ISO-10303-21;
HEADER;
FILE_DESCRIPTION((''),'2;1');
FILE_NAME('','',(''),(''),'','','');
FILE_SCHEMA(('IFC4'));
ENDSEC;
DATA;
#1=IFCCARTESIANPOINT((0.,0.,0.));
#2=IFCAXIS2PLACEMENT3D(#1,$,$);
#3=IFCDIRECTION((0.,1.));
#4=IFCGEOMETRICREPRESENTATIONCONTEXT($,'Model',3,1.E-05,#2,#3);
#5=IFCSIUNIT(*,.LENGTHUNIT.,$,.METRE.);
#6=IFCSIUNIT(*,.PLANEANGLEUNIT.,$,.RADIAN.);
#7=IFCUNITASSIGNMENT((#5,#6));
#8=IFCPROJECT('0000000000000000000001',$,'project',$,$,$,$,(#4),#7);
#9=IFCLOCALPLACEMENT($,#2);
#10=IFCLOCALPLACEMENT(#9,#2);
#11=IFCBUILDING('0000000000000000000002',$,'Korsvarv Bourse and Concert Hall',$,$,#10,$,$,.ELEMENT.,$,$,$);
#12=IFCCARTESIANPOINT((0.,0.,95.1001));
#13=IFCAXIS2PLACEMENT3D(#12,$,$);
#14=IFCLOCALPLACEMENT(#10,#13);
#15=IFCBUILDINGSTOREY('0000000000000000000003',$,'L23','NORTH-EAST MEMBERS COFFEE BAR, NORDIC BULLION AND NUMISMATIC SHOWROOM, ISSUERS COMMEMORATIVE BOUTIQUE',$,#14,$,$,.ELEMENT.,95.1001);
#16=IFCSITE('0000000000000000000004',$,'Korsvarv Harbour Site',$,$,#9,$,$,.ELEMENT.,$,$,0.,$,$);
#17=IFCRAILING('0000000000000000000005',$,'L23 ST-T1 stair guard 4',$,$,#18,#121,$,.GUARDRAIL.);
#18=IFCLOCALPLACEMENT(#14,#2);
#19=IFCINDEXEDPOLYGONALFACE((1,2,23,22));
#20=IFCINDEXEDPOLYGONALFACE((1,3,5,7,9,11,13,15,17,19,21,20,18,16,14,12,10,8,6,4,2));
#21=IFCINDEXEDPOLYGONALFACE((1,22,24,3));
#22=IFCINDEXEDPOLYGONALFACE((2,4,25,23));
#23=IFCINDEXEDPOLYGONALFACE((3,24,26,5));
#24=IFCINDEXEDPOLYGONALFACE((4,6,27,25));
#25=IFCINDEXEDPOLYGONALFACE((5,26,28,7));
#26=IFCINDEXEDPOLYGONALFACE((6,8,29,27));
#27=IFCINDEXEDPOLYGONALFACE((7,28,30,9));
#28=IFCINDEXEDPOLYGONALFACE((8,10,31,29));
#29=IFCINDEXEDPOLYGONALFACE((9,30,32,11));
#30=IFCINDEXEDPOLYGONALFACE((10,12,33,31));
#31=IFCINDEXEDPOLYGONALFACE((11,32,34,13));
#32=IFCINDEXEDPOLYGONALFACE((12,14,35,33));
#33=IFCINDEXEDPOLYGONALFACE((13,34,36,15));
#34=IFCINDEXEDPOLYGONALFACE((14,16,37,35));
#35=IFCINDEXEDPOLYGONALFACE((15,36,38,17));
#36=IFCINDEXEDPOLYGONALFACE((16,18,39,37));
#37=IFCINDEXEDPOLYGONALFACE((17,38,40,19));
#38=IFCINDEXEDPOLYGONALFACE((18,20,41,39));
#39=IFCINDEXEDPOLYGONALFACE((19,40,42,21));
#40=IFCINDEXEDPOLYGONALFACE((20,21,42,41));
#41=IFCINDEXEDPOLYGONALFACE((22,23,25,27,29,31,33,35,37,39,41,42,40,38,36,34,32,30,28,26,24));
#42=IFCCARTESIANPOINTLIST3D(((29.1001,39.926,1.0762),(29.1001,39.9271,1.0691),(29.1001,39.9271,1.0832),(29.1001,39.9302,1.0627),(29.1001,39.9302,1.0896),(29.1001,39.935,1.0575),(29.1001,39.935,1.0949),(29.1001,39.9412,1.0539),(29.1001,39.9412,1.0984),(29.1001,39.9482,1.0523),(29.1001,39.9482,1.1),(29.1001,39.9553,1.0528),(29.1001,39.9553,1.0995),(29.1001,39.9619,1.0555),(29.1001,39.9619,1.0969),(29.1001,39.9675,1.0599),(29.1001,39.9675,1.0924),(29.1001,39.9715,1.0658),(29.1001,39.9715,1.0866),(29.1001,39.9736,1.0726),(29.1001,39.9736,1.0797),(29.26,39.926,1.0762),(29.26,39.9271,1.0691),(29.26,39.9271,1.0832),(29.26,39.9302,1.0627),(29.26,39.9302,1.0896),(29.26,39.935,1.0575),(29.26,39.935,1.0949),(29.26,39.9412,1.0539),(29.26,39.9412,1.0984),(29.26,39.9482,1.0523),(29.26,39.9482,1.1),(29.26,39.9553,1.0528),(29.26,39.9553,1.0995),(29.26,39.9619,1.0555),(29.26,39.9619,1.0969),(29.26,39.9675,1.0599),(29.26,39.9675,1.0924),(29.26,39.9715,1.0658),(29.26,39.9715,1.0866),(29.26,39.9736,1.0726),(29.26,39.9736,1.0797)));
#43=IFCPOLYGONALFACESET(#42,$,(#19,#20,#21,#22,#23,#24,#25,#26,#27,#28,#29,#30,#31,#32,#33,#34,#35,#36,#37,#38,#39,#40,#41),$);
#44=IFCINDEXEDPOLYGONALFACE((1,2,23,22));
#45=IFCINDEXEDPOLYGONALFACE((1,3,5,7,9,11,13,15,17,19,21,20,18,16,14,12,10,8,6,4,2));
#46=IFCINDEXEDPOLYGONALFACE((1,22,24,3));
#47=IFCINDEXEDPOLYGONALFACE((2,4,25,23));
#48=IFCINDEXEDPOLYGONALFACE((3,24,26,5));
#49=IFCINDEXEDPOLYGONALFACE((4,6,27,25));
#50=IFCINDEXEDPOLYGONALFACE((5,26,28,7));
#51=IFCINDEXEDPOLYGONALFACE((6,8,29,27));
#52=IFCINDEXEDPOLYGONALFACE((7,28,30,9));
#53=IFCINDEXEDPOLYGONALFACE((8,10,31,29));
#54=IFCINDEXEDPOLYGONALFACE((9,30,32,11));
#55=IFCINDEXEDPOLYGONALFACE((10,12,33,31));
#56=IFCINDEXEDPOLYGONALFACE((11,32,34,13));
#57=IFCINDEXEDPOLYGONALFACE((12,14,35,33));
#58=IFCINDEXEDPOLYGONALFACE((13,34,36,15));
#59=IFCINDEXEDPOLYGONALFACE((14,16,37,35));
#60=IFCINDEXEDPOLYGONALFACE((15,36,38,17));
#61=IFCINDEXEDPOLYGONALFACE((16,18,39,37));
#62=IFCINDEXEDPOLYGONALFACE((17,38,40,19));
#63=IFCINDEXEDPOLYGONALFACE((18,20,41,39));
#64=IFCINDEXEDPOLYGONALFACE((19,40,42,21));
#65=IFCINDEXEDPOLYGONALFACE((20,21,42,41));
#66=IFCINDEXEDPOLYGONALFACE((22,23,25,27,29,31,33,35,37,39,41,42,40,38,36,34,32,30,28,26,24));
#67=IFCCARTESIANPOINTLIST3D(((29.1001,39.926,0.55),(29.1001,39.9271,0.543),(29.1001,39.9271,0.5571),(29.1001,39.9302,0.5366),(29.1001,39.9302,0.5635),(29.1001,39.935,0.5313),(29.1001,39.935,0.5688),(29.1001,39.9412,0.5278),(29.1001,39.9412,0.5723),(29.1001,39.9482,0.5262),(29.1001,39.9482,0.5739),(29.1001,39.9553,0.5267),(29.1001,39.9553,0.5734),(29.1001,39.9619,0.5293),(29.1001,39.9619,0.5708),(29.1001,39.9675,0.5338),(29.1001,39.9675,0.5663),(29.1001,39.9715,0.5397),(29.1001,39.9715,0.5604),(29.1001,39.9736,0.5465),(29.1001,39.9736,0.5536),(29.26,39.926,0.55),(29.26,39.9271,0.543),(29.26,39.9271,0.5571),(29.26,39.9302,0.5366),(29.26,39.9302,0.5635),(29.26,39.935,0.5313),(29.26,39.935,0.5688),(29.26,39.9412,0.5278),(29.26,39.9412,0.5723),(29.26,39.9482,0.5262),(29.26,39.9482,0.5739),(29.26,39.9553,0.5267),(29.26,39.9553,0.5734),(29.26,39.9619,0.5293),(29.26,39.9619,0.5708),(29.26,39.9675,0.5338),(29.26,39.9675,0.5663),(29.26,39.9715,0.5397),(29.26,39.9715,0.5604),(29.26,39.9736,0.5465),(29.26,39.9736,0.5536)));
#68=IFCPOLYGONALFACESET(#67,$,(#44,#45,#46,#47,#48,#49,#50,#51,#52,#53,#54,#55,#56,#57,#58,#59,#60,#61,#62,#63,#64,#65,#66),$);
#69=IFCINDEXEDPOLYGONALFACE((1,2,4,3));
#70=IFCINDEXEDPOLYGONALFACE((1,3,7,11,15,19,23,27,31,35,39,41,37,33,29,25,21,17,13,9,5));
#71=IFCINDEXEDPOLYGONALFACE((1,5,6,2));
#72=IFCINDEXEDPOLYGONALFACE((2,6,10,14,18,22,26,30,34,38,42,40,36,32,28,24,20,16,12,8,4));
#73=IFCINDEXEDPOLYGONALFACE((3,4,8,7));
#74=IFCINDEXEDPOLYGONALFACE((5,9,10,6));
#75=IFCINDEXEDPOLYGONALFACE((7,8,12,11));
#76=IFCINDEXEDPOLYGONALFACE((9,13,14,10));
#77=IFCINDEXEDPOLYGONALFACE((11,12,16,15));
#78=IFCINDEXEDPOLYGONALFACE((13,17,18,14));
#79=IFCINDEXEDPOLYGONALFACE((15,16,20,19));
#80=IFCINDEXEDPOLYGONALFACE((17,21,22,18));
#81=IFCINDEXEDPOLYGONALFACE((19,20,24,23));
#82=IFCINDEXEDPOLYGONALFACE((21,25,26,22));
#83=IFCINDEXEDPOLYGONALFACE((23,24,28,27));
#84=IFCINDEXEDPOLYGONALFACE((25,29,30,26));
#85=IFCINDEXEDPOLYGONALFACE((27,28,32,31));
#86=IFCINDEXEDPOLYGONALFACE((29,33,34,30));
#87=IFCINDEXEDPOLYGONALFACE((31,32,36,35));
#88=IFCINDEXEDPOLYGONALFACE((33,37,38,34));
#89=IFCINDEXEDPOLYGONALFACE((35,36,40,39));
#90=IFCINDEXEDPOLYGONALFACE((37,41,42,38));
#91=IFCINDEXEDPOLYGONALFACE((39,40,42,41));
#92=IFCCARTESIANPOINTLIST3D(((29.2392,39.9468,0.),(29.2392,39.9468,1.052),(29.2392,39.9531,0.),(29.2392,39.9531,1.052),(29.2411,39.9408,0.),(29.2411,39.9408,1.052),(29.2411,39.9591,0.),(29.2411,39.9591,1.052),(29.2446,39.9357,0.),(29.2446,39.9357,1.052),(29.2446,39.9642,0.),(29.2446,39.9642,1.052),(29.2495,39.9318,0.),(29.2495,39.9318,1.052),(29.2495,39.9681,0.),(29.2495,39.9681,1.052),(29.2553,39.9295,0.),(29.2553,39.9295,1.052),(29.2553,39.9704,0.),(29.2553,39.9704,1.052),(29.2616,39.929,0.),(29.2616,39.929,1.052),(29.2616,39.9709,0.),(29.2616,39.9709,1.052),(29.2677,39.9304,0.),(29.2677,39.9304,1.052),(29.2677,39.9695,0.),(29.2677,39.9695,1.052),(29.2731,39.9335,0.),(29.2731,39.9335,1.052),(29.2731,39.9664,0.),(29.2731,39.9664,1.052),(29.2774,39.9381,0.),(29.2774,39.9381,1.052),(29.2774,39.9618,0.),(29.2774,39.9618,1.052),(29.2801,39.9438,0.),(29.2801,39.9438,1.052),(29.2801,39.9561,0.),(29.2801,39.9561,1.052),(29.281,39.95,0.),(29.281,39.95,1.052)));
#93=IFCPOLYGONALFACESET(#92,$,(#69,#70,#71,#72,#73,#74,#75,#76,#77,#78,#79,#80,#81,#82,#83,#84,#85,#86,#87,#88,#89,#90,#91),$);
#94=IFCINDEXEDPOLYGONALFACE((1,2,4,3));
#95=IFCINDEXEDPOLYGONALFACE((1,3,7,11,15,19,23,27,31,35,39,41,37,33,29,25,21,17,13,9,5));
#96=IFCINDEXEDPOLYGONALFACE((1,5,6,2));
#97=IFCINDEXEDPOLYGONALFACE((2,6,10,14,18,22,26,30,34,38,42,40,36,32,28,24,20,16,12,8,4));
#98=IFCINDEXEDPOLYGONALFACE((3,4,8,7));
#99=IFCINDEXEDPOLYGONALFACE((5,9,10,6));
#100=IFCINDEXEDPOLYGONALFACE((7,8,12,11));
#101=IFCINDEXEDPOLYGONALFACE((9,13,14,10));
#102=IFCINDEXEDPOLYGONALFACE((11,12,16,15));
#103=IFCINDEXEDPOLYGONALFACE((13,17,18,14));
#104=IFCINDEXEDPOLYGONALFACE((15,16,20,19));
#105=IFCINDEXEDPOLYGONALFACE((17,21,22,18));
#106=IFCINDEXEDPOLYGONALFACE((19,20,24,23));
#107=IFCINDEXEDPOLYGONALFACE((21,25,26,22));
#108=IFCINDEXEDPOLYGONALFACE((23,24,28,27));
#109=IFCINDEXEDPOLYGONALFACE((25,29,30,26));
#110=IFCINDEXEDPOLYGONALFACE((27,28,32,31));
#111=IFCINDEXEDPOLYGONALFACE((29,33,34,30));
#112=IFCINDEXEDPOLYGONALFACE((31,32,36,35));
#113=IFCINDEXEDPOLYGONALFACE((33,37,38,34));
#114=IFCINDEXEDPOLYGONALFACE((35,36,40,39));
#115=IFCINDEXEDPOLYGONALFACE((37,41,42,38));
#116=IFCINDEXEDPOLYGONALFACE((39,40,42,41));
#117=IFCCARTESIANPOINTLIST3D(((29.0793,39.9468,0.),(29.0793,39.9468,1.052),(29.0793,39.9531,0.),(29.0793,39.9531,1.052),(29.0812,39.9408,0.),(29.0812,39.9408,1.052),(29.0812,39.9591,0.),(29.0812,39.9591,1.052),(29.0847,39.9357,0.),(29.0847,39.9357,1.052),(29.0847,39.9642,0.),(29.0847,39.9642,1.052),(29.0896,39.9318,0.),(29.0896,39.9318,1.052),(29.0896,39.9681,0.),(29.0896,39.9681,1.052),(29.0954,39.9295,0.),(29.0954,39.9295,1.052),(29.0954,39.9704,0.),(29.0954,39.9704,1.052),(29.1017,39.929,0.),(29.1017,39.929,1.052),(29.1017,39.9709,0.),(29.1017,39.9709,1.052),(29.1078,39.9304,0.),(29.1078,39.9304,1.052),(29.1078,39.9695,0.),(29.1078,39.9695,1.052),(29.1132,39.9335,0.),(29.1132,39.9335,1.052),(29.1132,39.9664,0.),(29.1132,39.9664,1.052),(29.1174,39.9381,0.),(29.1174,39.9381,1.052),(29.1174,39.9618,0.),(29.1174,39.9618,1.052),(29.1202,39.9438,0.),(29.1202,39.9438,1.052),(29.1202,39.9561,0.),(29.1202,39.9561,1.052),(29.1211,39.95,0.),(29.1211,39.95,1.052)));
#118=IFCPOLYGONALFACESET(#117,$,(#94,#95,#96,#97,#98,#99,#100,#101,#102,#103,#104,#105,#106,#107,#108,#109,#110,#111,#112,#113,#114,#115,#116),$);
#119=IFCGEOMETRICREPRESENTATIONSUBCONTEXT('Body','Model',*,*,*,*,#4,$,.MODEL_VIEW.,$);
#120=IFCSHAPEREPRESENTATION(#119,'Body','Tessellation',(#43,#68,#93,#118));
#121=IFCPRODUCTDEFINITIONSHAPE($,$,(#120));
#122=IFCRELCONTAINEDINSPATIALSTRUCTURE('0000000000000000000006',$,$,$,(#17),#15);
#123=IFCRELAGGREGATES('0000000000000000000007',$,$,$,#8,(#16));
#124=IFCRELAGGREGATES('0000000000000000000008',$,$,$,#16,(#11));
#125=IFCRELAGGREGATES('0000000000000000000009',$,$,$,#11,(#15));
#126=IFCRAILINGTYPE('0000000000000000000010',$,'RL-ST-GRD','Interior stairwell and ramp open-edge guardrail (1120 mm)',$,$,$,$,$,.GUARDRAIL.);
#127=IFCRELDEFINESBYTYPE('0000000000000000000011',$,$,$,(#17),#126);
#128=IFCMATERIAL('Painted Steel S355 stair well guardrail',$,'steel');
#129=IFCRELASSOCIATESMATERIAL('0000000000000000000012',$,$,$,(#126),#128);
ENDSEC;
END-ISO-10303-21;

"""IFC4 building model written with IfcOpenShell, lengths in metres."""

from ifc_helpers import new_model, si_unit, direction, frame, origin, origin_2d, place, context, subcontext, project, spatial, circle, extrude, material, type_object, element, save


model = new_model("IFC4")

# Units and contexts
model_context = context("Model", 3, precision=1e-05, world=origin(), true_north=direction((0.0, 1.0)))
body_context = subcontext(model_context, "Body", "Model", "MODEL_VIEW")
ifc_project = project(units=[si_unit("LENGTHUNIT", "METRE"), si_unit("PLANEANGLEUNIT", "RADIAN")], contexts=[model_context])

# Site, building, storey
site_placement = place(None, origin())
site = spatial("IfcSite", under=ifc_project, at=site_placement, Name="Korsvarv Harbour Site", CompositionType="ELEMENT", RefElevation=0.0)
building_placement = place(site_placement, origin())
building = spatial("IfcBuilding", under=site, at=building_placement, Name="Korsvarv Bourse and Concert Hall", CompositionType="ELEMENT")
storey_placement = place(building_placement, frame((0.0, 0.0, 95.1001)))
storey = spatial("IfcBuildingStorey", under=building, at=storey_placement, Name="L23", Description="NORTH-EAST MEMBERS COFFEE BAR, NORDIC BULLION AND NUMISMATIC SHOWROOM, ISSUERS COMMEMORATIVE BOUTIQUE", CompositionType="ELEMENT", Elevation=95.1001)

# Railing
ifc_material_1 = material(Name="Painted Steel S355 stair well guardrail", Category="steel")
railing_type = type_object("IfcRailingType", Name="RL-ST-GRD", Description="Interior stairwell and ramp open-edge guardrail (1120 mm)", PredefinedType="GUARDRAIL", material=ifc_material_1)
railing_1_placement = place(storey_placement, frame((29.26, 39.95, 0.0)))
element("IfcRailing", 1, at=railing_1_placement, inside=storey, type_object=railing_type, Name="L23 ST-T1 stair guard 4", PredefinedType="GUARDRAIL", context=body_context, shape_type="SweptSolid", body=[
    extrude(circle(Radius=0.0239, at=origin_2d()), frame((0.0, 0.0, 1.0762), z_axis=(-1.0, 0.0, 0.0), x_axis=(0.0, -1.0, 0.0)), (0.0, 0.0, 1.0), 0.1599),
    extrude(circle(Radius=0.0239, at=origin_2d()), frame((0.0, 0.0, 0.55), z_axis=(-1.0, 0.0, 0.0), x_axis=(0.0, -1.0, 0.0)), (0.0, 0.0, 1.0), 0.1599),
    extrude(circle(Radius=0.021, at=origin_2d()), origin(), (0.0, 0.0, 1.0), 1.052),
    extrude(circle(Radius=0.021, at=origin_2d()), frame((-0.1599, 0.0, 0.0)), (0.0, 0.0, 1.0), 1.052),
])

save(model, "model.ifc")
